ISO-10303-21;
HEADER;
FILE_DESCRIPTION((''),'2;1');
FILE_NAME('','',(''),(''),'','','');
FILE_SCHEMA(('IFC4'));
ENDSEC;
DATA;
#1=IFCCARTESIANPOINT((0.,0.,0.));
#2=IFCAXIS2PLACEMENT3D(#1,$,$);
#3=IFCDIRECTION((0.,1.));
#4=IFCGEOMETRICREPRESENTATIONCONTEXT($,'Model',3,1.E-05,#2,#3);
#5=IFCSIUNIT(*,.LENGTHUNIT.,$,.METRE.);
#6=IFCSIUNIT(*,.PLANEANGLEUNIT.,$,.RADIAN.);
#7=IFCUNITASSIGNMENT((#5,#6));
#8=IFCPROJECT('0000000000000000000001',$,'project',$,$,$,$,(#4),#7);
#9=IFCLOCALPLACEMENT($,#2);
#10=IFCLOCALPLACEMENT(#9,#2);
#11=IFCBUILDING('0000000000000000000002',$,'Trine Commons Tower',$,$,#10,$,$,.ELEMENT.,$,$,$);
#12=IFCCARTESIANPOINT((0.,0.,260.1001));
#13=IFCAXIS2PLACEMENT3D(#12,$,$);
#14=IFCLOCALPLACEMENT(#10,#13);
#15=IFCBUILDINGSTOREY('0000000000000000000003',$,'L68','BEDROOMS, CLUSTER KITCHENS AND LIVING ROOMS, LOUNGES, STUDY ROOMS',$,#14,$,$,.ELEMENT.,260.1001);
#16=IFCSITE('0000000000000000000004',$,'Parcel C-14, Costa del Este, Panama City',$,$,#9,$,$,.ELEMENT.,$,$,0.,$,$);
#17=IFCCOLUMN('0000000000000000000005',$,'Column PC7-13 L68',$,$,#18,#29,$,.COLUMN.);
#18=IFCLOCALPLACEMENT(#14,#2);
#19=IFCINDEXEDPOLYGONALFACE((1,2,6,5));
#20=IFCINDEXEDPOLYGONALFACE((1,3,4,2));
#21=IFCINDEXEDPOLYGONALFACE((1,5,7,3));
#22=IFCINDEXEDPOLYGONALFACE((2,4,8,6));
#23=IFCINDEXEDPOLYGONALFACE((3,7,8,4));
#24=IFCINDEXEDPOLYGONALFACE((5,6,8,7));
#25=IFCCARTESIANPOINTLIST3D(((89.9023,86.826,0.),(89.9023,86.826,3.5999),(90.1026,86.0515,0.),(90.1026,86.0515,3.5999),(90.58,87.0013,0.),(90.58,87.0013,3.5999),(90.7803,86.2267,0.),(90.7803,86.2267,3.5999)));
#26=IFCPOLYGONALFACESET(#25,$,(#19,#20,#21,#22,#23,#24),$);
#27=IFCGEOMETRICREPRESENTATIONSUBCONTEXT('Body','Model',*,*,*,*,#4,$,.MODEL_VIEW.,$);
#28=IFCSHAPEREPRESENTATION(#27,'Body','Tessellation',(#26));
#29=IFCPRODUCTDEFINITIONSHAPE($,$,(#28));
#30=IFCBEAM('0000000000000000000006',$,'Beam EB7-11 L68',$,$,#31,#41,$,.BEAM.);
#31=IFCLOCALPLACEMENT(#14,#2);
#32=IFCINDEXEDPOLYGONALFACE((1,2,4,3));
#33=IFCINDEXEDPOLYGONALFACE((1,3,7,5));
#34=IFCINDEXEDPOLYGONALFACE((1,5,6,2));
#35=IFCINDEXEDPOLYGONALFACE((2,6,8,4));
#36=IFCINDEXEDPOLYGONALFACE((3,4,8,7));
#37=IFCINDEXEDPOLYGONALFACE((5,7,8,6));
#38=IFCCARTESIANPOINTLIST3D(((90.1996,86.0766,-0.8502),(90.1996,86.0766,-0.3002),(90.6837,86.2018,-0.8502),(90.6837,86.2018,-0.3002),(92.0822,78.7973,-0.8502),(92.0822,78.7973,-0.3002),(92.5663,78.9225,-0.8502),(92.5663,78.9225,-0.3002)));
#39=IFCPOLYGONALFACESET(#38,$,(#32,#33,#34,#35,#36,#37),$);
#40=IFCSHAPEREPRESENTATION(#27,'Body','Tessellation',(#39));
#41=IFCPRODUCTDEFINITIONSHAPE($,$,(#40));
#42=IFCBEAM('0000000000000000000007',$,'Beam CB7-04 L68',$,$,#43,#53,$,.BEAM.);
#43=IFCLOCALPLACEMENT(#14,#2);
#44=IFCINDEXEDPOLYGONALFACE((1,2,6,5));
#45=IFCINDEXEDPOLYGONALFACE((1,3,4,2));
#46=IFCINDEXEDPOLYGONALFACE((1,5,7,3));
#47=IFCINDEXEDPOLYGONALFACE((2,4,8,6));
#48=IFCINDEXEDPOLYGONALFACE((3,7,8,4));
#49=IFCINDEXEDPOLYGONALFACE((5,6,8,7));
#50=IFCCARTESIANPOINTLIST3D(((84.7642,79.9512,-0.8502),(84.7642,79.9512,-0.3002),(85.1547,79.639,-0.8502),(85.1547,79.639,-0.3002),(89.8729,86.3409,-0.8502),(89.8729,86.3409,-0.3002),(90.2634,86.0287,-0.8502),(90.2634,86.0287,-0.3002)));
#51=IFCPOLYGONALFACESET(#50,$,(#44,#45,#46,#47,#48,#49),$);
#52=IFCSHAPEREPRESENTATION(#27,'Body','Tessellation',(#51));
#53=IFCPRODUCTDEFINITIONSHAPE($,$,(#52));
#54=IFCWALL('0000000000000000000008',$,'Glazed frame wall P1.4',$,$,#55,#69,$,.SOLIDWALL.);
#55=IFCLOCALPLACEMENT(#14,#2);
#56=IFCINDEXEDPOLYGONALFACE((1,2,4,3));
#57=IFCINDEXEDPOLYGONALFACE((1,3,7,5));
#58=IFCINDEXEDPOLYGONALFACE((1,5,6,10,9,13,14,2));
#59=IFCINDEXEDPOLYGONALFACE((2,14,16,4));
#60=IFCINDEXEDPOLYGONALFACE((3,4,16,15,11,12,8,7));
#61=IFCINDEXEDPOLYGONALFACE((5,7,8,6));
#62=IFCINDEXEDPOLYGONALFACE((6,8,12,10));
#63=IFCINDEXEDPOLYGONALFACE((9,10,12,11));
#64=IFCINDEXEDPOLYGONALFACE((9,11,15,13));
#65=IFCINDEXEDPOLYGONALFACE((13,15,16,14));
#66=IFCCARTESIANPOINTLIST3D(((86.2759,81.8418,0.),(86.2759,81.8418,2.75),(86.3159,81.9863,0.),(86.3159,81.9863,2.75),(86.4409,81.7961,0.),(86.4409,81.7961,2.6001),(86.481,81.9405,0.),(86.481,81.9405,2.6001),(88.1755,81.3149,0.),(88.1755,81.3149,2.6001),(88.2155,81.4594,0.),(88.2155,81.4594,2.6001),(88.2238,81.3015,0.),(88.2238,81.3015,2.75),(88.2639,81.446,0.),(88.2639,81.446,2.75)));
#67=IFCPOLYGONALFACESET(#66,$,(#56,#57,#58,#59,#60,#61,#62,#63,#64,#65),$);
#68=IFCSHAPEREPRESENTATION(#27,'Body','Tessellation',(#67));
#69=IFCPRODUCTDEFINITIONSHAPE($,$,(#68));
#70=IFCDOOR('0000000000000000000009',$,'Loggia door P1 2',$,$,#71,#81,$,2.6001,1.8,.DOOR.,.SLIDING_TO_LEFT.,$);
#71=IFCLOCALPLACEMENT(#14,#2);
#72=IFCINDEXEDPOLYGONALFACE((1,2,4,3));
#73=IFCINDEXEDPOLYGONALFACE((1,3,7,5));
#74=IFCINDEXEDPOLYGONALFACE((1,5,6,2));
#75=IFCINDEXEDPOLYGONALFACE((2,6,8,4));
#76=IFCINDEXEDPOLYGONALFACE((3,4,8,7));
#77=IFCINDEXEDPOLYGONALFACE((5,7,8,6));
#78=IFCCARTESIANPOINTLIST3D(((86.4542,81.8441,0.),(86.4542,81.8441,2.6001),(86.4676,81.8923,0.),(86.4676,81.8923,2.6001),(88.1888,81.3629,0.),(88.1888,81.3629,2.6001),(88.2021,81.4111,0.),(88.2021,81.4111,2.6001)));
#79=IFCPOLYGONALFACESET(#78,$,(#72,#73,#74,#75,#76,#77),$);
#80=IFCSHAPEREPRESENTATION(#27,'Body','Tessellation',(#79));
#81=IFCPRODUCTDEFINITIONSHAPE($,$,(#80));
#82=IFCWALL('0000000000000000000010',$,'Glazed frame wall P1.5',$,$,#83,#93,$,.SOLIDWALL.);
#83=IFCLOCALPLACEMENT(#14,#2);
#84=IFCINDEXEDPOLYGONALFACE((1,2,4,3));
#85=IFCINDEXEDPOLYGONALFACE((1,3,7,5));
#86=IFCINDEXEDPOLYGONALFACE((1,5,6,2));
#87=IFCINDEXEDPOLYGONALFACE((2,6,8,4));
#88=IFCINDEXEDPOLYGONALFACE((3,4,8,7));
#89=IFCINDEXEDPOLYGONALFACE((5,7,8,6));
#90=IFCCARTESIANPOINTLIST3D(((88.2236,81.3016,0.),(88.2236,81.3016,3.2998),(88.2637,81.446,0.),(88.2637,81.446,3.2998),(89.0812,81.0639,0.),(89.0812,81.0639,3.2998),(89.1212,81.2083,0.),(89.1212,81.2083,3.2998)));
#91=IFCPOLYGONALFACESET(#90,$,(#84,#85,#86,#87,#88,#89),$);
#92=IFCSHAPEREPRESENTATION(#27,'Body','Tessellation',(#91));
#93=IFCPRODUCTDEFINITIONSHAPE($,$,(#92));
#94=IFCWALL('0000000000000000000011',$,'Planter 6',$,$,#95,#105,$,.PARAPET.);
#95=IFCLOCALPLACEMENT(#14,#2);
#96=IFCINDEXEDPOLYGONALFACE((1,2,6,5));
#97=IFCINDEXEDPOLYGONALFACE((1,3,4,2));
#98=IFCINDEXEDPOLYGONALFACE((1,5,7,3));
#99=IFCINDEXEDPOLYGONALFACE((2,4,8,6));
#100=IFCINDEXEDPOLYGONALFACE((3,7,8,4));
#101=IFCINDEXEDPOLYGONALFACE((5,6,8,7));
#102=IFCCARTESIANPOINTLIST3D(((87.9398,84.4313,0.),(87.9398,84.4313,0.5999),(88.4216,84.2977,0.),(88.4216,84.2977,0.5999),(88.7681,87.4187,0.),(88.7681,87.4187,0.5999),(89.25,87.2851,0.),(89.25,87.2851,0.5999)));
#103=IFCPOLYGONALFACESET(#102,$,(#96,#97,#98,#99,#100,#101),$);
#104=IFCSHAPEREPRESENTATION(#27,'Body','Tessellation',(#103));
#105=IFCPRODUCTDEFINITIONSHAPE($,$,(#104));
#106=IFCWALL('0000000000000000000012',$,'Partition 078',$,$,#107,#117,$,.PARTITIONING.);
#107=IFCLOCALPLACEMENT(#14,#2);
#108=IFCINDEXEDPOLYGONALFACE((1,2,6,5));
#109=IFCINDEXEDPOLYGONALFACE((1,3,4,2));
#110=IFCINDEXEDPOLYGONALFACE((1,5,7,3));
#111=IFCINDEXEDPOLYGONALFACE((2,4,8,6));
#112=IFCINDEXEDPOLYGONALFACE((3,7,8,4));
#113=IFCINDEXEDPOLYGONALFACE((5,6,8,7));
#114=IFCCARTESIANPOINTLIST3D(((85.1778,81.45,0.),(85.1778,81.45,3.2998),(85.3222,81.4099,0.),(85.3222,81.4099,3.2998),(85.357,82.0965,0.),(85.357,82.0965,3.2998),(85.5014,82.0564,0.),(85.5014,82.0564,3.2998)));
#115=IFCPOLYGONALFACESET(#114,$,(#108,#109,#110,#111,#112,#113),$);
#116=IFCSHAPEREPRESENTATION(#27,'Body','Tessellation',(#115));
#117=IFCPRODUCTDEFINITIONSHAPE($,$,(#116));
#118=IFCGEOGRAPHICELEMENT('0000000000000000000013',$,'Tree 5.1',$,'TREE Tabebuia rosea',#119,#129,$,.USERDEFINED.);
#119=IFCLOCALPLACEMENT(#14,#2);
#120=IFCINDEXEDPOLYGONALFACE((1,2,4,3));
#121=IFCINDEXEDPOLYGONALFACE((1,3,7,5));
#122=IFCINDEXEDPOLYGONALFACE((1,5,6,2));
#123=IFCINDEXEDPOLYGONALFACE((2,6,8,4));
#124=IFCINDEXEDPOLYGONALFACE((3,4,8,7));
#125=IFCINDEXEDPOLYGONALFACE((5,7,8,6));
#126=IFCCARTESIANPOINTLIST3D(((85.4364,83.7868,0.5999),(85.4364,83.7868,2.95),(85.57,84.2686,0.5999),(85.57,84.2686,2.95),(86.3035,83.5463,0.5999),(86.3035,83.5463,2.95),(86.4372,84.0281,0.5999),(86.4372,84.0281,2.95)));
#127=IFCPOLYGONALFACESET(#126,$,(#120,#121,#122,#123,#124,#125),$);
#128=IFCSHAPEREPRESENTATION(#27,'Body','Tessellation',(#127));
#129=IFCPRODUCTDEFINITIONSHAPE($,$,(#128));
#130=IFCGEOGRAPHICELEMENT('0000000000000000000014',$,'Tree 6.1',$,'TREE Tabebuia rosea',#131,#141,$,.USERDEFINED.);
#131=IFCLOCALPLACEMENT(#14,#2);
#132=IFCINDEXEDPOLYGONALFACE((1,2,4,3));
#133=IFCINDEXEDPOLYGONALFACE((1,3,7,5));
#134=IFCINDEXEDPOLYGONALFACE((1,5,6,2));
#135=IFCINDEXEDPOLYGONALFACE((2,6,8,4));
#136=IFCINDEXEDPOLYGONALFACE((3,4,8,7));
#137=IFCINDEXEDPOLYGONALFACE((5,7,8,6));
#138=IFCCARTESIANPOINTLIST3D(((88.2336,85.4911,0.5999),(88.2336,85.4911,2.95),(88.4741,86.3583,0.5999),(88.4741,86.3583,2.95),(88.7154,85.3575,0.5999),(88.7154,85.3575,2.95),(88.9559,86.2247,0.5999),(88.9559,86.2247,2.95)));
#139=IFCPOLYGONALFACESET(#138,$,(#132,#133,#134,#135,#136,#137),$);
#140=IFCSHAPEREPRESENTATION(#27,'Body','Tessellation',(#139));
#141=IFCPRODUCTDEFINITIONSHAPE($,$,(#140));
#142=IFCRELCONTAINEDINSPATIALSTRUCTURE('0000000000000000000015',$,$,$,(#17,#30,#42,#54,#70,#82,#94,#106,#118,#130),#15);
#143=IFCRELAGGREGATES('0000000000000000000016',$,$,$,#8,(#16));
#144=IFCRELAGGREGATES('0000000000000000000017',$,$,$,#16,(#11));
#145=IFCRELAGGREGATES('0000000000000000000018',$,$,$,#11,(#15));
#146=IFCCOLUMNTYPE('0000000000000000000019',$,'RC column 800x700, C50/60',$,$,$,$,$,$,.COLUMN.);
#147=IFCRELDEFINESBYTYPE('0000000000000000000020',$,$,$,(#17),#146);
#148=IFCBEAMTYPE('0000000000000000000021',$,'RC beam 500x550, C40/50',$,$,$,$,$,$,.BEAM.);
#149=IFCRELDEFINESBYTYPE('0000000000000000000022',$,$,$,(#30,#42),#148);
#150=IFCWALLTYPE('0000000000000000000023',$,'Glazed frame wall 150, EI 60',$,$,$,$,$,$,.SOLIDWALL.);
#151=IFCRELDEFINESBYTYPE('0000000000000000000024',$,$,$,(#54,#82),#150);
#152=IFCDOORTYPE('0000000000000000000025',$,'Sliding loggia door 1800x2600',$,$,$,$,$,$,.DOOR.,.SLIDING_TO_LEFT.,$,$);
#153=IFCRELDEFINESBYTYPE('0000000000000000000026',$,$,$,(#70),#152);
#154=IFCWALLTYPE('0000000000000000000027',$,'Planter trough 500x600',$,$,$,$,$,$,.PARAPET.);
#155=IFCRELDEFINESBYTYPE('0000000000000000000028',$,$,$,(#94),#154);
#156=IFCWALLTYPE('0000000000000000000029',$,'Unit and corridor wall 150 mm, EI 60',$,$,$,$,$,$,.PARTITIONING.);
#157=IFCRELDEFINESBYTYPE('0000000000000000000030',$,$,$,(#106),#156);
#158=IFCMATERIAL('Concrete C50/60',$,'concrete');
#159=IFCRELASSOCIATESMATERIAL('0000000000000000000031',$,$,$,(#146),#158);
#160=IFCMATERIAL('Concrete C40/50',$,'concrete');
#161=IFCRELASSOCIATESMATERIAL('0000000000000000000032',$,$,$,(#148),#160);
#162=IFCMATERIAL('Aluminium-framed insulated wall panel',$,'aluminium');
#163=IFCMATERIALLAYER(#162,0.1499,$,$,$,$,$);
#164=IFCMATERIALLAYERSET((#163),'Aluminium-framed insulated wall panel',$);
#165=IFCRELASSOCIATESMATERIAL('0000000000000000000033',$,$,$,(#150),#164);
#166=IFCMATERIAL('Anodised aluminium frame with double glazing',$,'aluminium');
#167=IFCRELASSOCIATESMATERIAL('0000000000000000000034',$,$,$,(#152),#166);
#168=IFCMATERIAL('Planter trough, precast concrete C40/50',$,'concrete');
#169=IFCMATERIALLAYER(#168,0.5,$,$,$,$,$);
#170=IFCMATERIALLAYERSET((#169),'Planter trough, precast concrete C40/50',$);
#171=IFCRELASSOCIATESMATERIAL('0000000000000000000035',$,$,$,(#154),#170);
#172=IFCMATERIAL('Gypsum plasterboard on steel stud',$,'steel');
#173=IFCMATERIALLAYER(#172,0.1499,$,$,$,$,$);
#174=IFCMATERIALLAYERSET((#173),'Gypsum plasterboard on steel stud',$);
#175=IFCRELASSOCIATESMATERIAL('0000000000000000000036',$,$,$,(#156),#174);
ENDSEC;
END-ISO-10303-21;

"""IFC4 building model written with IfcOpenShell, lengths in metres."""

from ifc_helpers import new_model, si_unit, direction, frame, frame_2d, origin, origin_2d, place, context, subcontext, project, spatial, polyline, rectangle, outline, extrude, material, layer, layer_set, material_profile, profile_set, type_object, element, fill, save


model = new_model("IFC4")

# Units and contexts
model_context = context("Model", 3, precision=1e-05, world=origin(), true_north=direction((0.0, 1.0)))
body_context = subcontext(model_context, "Body", "Model", "MODEL_VIEW")
ifc_project = project(units=[si_unit("LENGTHUNIT", "METRE"), si_unit("PLANEANGLEUNIT", "RADIAN")], contexts=[model_context])

# Site, building, storey
site_placement = place(None, origin())
site = spatial("IfcSite", under=ifc_project, at=site_placement, Name="Parcel C-14, Costa del Este, Panama City", CompositionType="ELEMENT", RefElevation=0.0)
building_placement = place(site_placement, origin())
building = spatial("IfcBuilding", under=site, at=building_placement, Name="Trine Commons Tower", CompositionType="ELEMENT")
storey_placement = place(building_placement, frame((0.0, 0.0, 260.1001)))
storey = spatial("IfcBuildingStorey", under=building, at=storey_placement, Name="L68", Description="BEDROOMS, CLUSTER KITCHENS AND LIVING ROOMS, LOUNGES, STUDY ROOMS", CompositionType="ELEMENT", Elevation=260.1001)

# Column
ifc_material_1 = material(Name="Concrete C50/60", Category="concrete")
ifc_material_profile_1 = material_profile(ifc_material_1, rectangle(XDim=0.8, YDim=0.7, at=origin_2d()), Name="RC 800x700")
ifc_profile_set_1 = profile_set([ifc_material_profile_1], Name="Concrete C50/60")
column_type = type_object("IfcColumnType", Name="RC column 800x700, C50/60", PredefinedType="COLUMN", material=ifc_profile_set_1)
column_placement = place(storey_placement, frame((90.3413, 86.5264, 0.0), z_axis=(0.0, 0.0, 1.0), x_axis=(-0.25038, 0.968148, 0.0)))
element("IfcColumn", 1, at=column_placement, inside=storey, type_object=column_type, Name="Column PC7-13 L68", PredefinedType="COLUMN", context=body_context, shape_type="SweptSolid", body=[
    extrude(rectangle(XDim=0.8, YDim=0.7, at=origin_2d()), origin(), (0.0, 0.0, 1.0), 3.5999),
])

# Beams
ifc_material_2 = material(Name="Concrete C40/50", Category="concrete")
ifc_material_profile_2 = material_profile(ifc_material_2, rectangle(XDim=0.5, YDim=0.55, at=origin_2d()), Name="RC 500x550")
ifc_profile_set_2 = profile_set([ifc_material_profile_2], Name="Concrete C40/50")
beam_type = type_object("IfcBeamType", Name="RC beam 500x550, C40/50", PredefinedType="BEAM", material=ifc_profile_set_2)
beam_1_placement = place(storey_placement, frame((90.4417, 86.1392, -0.5752), z_axis=(0.250382, -0.968147, 0.0), x_axis=(0.968147, 0.250382, 0.0)))
element("IfcBeam", 2, at=beam_1_placement, inside=storey, type_object=beam_type, Name="Beam EB7-11 L68", PredefinedType="BEAM", context=body_context, shape_type="SweptSolid", body=[
    extrude(rectangle(XDim=0.5, YDim=0.55, at=origin_2d()), origin(), (0.0, 0.0, 1.0), 7.5188),
])
beam_2_placement = place(storey_placement, frame((90.0681, 86.1848, -0.5752), z_axis=(-0.624466, -0.781052, 0.0), x_axis=(0.781052, -0.624466, 0.0)))
element("IfcBeam", 3, at=beam_2_placement, inside=storey, type_object=beam_type, Name="Beam CB7-04 L68", PredefinedType="BEAM", context=body_context, shape_type="SweptSolid", body=[
    extrude(rectangle(XDim=0.5, YDim=0.55, at=origin_2d()), origin(), (0.0, 0.0, 1.0), 8.1809),
])

# Wall, opening, door
ifc_material_3 = material(Name="Aluminium-framed insulated wall panel", Category="aluminium")
ifc_layer_1 = layer(ifc_material_3, 0.1499)
ifc_layer_set_1 = layer_set([ifc_layer_1], Name="Aluminium-framed insulated wall panel")
wall_type_1 = type_object("IfcWallType", Name="Glazed frame wall 150, EI 60", PredefinedType="SOLIDWALL", material=ifc_layer_set_1)
wall_1_placement = place(storey_placement, frame((86.2959, 81.9141, 0.0), z_axis=(0.0, 0.0, 1.0), x_axis=(0.963615, -0.267295, 0.0)))
wall_1 = element("IfcWall", 4, at=wall_1_placement, inside=storey, type_object=wall_type_1, Name="Glazed frame wall P1.4", PredefinedType="SOLIDWALL", context=body_context, shape_type="SweptSolid", body=[
    extrude(outline(polyline([(0.0, -0.075), (2.0215, -0.075), (2.0215, 0.075), (0.0, 0.075), (0.0, -0.075)])), origin(), (0.0, 0.0, 1.0), 2.75),
])
opening_1_placement = place(wall_1_placement, frame((0.1714, 0.0, 0.0)))
opening_1 = element("IfcOpeningElement", 5, at=opening_1_placement, cuts=wall_1, PredefinedType="OPENING", context=body_context, shape_type="SweptSolid", body=[
    extrude(rectangle(XDim=1.8, YDim=2.6001, at=frame_2d((0.8999, 1.3))), frame((0.0, 0.085, 0.0), z_axis=(0.0, -1.0, 0.0), x_axis=(1.0, 0.0, 0.0)), (0.0, 0.0, 1.0), 0.1699),
])
ifc_material_4 = material(Name="Anodised aluminium frame with double glazing", Category="aluminium")
door_type = type_object("IfcDoorType", Name="Sliding loggia door 1800x2600", OperationType="SLIDING_TO_LEFT", PredefinedType="DOOR", material=ifc_material_4)
door_1_placement = place(opening_1_placement, origin())
door_1 = element("IfcDoor", 6, at=door_1_placement, inside=storey, type_object=door_type, Name="Loggia door P1 2", OperationType="SLIDING_TO_LEFT", OverallHeight=2.6001, OverallWidth=1.8, PredefinedType="DOOR", context=body_context, shape_type="SweptSolid", body=[
    extrude(rectangle(XDim=1.8, YDim=2.6001, at=frame_2d((0.8999, 1.3))), frame((0.0, 0.0249, 0.0), z_axis=(0.0, -1.0, 0.0), x_axis=(1.0, 0.0, 0.0)), (0.0, 0.0, 1.0), 0.05),
])
fill(opening_1, door_1)

# Wall
wall_2_placement = place(storey_placement, frame((88.2437, 81.3738, 0.0), z_axis=(0.0, 0.0, 1.0), x_axis=(0.963668, -0.267102, 0.0)))
element("IfcWall", 7, at=wall_2_placement, inside=storey, type_object=wall_type_1, Name="Glazed frame wall P1.5", PredefinedType="SOLIDWALL", context=body_context, shape_type="SweptSolid", body=[
    extrude(outline(polyline([(0.8899, 0.075), (0.0, 0.075), (0.0, -0.075), (0.8899, -0.075), (0.8899, 0.075)])), origin(), (0.0, 0.0, 1.0), 3.2998),
])

# Walls
ifc_material_5 = material(Name="Planter trough, precast concrete C40/50", Category="concrete")
ifc_layer_2 = layer(ifc_material_5, 0.5)
ifc_layer_set_2 = layer_set([ifc_layer_2], Name="Planter trough, precast concrete C40/50")
wall_type_2 = type_object("IfcWallType", Name="Planter trough 500x600", PredefinedType="PARAPET", material=ifc_layer_set_2)
wall_3_placement = place(storey_placement, frame((88.1807, 84.3645, 0.0), z_axis=(0.0, 0.0, 1.0), x_axis=(0.267213, 0.963637, 0.0)))
element("IfcWall", 8, at=wall_3_placement, inside=storey, type_object=wall_type_2, Name="Planter 6", PredefinedType="PARAPET", context=body_context, shape_type="SweptSolid", body=[
    extrude(rectangle(XDim=3.1001, YDim=0.5, at=frame_2d((1.55, 0.0))), origin(), (0.0, 0.0, 1.0), 0.5999),
])
ifc_material_6 = material(Name="Gypsum plasterboard on steel stud", Category="steel")
ifc_layer_3 = layer(ifc_material_6, 0.1499)
ifc_layer_set_3 = layer_set([ifc_layer_3], Name="Gypsum plasterboard on steel stud")
wall_type_3 = type_object("IfcWallType", Name="Unit and corridor wall 150 mm, EI 60", PredefinedType="PARTITIONING", material=ifc_layer_set_3)
wall_4_placement = place(storey_placement, frame((85.25, 81.4299, 0.0), z_axis=(0.0, 0.0, 1.0), x_axis=(0.267118, 0.963664, 0.0)))
element("IfcWall", 9, at=wall_4_placement, inside=storey, type_object=wall_type_3, Name="Partition 078", PredefinedType="PARTITIONING", context=body_context, shape_type="SweptSolid", body=[
    extrude(rectangle(XDim=0.6709, YDim=0.1499, at=frame_2d((0.3354, 0.0))), origin(), (0.0, 0.0, 1.0), 3.2998),
])

# Geographic elements
for number, where, z_axis, x_axis, name in (
    (10, (85.9368, 83.9075, 0.5999), (0.0, 0.0, 1.0), (0.963634, -0.267227, 0.0), "Tree 5.1"),
    (11, (88.5947, 85.8579, 0.5999), (0.0, 0.0, 1.0), (0.26724, 0.96363, 0.0), "Tree 6.1"),
):
    element("IfcGeographicElement", number, at=place(storey_placement, frame(where, z_axis=z_axis, x_axis=x_axis)), inside=storey, Name=name, ObjectType="TREE Tabebuia rosea", PredefinedType="USERDEFINED", context=body_context, shape_type="SweptSolid", body=[
        extrude(rectangle(XDim=0.8999, YDim=0.5, at=origin_2d()), origin(), (0.0, 0.0, 1.0), 2.3501),
    ])

save(model, "model.ifc")
